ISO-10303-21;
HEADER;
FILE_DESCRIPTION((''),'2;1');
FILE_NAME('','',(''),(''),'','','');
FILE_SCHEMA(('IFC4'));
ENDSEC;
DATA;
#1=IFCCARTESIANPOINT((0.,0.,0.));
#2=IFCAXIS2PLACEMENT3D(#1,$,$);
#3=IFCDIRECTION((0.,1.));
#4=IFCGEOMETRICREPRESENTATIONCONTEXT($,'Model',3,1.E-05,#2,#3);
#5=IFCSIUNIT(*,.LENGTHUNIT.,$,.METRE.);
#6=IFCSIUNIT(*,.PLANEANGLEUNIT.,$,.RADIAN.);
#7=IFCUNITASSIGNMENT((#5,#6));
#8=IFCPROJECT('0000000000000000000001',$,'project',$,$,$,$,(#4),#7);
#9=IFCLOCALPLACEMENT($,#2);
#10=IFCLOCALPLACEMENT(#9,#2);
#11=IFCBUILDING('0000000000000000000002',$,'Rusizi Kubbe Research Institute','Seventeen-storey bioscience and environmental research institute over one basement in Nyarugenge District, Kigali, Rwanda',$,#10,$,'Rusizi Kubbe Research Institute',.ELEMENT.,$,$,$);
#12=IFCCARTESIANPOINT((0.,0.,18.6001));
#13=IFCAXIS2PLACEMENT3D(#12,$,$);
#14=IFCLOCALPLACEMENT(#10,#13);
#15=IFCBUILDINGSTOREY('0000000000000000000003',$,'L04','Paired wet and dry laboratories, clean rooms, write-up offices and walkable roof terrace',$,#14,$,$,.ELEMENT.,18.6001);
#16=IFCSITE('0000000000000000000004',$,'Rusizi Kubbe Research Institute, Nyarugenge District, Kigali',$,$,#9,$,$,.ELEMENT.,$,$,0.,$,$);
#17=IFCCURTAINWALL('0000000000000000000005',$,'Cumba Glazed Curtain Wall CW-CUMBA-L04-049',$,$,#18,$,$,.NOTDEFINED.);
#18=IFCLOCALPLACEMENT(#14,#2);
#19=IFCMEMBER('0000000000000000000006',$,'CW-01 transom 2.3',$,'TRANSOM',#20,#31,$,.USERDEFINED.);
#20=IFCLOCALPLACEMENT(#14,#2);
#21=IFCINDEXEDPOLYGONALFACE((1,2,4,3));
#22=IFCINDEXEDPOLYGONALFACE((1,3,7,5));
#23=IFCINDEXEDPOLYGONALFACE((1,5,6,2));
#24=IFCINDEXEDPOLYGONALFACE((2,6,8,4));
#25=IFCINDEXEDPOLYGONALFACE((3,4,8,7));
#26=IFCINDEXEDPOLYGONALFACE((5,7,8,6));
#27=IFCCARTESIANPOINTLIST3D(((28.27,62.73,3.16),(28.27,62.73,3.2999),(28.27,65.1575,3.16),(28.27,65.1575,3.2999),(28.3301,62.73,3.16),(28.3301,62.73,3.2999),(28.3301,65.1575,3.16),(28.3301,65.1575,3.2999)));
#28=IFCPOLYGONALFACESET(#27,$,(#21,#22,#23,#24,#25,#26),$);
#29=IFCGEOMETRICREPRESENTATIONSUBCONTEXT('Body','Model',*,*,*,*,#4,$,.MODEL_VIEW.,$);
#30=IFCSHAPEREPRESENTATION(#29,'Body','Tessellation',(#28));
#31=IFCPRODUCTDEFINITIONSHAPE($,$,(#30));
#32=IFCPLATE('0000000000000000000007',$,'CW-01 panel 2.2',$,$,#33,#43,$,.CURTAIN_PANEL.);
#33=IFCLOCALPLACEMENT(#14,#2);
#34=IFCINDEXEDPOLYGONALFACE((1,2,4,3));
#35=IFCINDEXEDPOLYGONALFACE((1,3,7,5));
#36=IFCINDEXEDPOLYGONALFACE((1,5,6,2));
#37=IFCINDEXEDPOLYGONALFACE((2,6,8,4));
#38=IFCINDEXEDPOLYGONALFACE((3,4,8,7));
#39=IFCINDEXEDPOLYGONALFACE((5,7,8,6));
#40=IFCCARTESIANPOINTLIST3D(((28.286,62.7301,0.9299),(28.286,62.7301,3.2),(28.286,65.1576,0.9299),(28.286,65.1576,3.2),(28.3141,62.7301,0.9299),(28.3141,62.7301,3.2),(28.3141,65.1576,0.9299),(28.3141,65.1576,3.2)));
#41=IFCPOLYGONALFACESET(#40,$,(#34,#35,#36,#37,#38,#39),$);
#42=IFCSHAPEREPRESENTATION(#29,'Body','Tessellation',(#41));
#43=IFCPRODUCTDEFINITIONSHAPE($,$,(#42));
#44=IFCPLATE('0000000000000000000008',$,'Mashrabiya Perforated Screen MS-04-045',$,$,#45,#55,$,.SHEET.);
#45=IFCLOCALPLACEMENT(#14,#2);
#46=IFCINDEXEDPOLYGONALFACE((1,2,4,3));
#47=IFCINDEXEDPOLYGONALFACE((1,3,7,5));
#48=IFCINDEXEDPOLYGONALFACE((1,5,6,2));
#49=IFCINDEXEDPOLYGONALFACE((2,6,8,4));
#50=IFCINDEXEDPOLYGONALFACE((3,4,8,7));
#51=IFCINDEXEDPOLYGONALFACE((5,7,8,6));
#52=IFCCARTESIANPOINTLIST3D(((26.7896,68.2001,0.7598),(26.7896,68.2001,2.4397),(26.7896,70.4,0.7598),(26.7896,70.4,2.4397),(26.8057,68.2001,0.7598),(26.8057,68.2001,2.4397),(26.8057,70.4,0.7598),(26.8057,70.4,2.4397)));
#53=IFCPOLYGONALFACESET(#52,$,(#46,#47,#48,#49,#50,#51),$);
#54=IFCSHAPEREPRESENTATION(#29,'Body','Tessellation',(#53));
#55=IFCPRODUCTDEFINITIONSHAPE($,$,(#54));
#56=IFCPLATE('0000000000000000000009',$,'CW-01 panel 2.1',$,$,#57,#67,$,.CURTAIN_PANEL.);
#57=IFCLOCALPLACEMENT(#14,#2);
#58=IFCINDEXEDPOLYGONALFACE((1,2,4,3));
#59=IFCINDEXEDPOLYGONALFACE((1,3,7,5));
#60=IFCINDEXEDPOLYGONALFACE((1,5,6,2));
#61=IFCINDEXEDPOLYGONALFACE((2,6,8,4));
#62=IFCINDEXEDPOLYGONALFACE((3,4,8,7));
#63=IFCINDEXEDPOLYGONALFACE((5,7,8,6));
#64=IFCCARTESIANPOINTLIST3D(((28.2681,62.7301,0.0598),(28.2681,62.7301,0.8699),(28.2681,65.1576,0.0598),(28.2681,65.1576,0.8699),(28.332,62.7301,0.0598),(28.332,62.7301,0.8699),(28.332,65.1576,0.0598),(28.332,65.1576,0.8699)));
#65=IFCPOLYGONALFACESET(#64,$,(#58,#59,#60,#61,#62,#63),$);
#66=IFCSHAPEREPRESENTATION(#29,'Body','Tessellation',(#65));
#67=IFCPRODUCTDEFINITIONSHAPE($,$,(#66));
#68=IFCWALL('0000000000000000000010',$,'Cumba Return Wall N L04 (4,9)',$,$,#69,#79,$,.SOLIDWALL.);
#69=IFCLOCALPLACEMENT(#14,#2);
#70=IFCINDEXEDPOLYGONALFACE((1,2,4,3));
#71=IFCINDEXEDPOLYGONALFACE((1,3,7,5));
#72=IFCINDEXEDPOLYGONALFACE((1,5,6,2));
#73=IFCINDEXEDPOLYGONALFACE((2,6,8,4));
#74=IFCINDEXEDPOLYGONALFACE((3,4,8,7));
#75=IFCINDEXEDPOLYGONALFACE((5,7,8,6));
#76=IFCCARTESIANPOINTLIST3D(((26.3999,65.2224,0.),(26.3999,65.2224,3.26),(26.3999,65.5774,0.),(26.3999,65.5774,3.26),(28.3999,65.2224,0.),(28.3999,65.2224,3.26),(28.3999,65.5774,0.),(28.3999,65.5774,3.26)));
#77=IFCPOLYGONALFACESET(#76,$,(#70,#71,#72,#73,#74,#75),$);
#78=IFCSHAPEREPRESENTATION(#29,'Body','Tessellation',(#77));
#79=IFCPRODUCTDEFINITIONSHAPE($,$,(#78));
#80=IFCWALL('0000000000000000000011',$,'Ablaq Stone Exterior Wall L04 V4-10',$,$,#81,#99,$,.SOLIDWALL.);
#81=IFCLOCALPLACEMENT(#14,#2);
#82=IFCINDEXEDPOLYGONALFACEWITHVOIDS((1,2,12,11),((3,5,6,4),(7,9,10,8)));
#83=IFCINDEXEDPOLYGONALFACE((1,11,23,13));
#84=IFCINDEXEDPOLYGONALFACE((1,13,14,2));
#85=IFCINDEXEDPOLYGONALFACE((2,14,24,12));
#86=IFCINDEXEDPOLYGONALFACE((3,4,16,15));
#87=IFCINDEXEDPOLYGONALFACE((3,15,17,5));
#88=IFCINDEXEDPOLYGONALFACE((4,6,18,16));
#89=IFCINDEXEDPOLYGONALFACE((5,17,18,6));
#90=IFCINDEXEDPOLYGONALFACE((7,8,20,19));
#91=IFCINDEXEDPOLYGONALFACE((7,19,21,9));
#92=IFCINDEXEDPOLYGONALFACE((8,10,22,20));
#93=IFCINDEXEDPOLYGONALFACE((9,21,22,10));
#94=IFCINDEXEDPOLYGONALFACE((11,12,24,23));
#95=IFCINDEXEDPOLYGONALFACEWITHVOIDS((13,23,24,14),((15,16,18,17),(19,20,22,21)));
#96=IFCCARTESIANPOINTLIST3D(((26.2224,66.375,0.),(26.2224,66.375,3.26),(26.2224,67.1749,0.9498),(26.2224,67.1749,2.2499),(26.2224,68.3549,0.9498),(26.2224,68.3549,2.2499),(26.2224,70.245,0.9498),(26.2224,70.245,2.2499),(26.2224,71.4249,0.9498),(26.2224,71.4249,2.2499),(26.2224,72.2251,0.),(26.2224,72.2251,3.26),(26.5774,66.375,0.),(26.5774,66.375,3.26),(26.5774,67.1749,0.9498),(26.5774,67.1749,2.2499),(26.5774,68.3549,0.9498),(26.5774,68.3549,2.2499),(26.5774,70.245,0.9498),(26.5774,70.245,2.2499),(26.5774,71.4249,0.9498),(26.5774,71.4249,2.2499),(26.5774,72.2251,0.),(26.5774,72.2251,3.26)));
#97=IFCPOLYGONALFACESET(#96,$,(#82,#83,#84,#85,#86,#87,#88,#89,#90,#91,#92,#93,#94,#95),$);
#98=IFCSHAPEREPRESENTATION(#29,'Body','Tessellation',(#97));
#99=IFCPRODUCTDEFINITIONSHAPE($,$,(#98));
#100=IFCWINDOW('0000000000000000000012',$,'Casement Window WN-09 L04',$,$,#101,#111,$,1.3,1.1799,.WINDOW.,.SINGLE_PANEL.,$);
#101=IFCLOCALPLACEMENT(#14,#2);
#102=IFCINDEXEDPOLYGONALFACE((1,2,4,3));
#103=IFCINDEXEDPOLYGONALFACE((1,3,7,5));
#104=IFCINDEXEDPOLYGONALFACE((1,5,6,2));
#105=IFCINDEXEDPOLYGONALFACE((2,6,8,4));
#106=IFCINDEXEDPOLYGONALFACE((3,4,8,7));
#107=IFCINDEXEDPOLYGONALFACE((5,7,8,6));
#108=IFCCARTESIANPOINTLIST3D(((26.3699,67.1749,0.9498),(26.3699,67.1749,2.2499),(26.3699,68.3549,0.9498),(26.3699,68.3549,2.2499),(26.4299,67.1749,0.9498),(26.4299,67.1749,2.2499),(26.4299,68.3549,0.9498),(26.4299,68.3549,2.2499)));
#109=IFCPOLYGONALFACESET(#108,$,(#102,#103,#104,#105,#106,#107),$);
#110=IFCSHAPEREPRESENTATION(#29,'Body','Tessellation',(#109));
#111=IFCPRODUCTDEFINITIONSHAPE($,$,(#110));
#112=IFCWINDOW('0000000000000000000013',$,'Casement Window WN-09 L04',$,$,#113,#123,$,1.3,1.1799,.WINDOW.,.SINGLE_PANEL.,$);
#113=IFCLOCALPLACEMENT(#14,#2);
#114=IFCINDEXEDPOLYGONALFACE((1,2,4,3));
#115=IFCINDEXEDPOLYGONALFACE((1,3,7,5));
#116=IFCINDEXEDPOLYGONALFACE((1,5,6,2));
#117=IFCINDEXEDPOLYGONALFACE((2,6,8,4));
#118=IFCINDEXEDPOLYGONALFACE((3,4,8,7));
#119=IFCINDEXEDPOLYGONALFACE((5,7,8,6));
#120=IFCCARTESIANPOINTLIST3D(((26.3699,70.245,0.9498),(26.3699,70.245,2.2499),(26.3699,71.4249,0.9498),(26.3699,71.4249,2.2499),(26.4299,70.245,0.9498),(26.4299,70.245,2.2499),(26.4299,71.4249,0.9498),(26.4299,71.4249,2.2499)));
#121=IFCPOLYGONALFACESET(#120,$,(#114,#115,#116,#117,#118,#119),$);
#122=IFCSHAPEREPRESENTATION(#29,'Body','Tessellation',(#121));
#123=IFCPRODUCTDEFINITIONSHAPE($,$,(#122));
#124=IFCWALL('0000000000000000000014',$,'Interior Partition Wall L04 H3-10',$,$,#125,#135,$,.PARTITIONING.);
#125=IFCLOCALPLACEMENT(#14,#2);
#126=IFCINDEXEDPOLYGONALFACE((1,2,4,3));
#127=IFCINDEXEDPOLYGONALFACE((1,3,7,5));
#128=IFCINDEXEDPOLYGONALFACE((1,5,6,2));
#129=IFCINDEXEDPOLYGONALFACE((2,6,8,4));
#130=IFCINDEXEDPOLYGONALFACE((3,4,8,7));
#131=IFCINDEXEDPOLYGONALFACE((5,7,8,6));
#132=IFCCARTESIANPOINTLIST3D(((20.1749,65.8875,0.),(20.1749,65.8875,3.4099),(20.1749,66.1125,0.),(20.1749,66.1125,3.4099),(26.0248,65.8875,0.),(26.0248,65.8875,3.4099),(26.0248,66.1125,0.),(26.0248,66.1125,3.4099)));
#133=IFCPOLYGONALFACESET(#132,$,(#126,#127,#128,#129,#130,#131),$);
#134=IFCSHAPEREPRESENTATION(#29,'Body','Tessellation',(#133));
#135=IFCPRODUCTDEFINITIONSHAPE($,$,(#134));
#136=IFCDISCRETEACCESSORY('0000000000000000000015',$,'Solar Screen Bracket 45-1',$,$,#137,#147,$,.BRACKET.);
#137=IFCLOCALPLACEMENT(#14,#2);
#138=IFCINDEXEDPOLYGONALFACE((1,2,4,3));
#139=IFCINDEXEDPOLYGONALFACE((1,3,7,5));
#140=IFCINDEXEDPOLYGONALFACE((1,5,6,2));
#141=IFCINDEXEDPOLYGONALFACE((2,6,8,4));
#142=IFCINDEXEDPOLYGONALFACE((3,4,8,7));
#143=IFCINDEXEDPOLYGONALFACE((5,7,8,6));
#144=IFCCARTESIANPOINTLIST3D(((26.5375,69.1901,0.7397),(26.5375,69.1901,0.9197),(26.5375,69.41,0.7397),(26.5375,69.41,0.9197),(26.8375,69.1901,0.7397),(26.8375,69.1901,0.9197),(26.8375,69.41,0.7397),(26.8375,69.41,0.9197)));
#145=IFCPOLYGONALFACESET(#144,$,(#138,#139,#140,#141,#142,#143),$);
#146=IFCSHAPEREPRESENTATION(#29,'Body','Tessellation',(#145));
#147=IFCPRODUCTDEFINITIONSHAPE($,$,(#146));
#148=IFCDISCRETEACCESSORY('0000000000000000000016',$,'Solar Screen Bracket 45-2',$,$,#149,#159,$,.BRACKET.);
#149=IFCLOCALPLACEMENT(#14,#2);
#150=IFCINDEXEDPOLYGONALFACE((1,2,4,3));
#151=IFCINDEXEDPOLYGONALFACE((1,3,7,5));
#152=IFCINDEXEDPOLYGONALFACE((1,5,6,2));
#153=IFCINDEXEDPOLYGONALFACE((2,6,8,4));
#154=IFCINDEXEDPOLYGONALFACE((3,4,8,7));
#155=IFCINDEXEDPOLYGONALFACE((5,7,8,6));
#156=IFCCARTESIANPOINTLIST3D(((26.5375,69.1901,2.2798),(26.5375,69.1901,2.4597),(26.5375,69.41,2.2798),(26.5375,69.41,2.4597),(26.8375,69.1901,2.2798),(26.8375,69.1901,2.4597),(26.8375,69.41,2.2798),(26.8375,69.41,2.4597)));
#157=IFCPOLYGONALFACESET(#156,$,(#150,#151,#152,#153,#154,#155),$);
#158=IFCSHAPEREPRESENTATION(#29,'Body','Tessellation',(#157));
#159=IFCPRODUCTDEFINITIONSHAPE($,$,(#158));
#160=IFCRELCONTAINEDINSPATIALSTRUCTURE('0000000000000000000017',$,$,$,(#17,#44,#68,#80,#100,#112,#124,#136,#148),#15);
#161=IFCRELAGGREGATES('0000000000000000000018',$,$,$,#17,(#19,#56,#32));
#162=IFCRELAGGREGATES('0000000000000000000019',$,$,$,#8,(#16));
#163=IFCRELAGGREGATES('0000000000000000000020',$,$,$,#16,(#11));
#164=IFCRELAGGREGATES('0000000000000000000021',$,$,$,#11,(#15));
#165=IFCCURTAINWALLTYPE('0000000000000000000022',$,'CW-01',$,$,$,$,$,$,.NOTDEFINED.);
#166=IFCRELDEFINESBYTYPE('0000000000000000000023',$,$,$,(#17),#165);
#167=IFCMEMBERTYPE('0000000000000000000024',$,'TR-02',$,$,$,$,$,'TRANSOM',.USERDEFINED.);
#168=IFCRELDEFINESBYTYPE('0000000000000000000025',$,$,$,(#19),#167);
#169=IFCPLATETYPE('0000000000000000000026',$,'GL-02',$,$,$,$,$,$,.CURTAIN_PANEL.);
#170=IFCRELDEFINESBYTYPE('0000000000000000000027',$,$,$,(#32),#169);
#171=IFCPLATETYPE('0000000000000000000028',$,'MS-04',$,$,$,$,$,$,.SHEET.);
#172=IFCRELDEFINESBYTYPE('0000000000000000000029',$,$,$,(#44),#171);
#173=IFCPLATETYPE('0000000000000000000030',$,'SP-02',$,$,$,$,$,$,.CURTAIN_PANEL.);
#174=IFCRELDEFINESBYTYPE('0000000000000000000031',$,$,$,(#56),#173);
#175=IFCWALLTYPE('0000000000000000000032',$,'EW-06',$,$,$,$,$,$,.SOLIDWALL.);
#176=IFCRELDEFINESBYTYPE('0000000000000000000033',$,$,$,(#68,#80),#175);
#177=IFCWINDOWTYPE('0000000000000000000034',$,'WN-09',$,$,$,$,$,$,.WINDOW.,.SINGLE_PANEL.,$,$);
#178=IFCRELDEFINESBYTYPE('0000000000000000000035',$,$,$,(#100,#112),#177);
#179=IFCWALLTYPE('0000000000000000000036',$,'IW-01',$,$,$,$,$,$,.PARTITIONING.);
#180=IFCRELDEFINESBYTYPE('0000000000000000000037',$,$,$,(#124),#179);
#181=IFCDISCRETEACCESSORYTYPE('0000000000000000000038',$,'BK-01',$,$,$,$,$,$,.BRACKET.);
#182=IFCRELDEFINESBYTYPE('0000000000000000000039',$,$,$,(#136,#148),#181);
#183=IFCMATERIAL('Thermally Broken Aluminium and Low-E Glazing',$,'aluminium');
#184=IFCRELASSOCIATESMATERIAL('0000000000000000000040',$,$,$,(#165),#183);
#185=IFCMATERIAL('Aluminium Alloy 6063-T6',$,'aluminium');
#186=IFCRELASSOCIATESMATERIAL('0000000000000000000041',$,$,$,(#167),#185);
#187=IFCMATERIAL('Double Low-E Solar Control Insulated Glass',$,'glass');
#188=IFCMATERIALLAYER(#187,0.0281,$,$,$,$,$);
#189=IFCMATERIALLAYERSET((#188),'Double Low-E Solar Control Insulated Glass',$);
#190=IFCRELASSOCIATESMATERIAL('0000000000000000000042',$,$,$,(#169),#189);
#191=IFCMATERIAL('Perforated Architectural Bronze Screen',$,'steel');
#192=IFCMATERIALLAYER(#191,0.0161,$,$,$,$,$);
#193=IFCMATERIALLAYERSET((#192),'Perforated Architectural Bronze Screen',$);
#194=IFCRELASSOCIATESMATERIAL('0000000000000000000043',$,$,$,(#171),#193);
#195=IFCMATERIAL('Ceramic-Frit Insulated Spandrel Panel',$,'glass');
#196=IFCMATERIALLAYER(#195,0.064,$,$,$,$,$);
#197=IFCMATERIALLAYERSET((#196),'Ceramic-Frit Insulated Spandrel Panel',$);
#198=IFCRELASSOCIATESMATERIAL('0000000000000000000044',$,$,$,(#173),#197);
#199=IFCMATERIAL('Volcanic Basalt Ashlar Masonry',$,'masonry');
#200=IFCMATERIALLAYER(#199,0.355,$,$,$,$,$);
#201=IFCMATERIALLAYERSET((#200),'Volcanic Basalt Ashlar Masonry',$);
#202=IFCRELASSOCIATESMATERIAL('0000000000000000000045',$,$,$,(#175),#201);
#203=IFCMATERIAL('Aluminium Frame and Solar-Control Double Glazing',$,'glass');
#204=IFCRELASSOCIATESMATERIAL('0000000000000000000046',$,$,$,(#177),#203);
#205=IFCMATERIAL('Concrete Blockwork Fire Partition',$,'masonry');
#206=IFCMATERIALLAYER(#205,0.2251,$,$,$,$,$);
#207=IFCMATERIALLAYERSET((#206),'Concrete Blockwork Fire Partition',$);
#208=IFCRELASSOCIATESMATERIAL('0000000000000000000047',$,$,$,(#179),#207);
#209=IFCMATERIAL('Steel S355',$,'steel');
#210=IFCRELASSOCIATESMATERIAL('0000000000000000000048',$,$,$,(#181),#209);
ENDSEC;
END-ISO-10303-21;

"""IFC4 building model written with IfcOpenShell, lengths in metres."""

from ifc_helpers import new_model, si_unit, direction, frame, frame_2d, origin, origin_2d, place, context, subcontext, project, spatial, rectangle, extrude, material, layer, layer_set, material_profile, profile_set, type_object, element, fill, aggregate, save


model = new_model("IFC4")

# Units and contexts
model_context = context("Model", 3, precision=1e-05, world=origin(), true_north=direction((0.0, 1.0)))
body_context = subcontext(model_context, "Body", "Model", "MODEL_VIEW")
ifc_project = project(units=[si_unit("LENGTHUNIT", "METRE"), si_unit("PLANEANGLEUNIT", "RADIAN")], contexts=[model_context])

# Site, building, storey
site_placement = place(None, origin())
site = spatial("IfcSite", under=ifc_project, at=site_placement, Name="Rusizi Kubbe Research Institute, Nyarugenge District, Kigali", CompositionType="ELEMENT", RefElevation=0.0)
building_placement = place(site_placement, origin())
building = spatial("IfcBuilding", under=site, at=building_placement, Name="Rusizi Kubbe Research Institute", Description="Seventeen-storey bioscience and environmental research institute over one basement in Nyarugenge District, Kigali, Rwanda", LongName="Rusizi Kubbe Research Institute", CompositionType="ELEMENT")
storey_placement = place(building_placement, frame((0.0, 0.0, 18.6001)))
storey = spatial("IfcBuildingStorey", under=building, at=storey_placement, Name="L04", Description="Paired wet and dry laboratories, clean rooms, write-up offices and walkable roof terrace", CompositionType="ELEMENT", Elevation=18.6001)

# Curtain wall, member, plate
ifc_material_1 = material(Name="Thermally Broken Aluminium and Low-E Glazing", Category="aluminium")
curtain_wall_type = type_object("IfcCurtainWallType", Name="CW-01", PredefinedType="NOTDEFINED", material=ifc_material_1)
curtain_wall_placement = place(storey_placement, origin())
curtain_wall = element("IfcCurtainWall", 1, at=curtain_wall_placement, inside=storey, type_object=curtain_wall_type, Name="Cumba Glazed Curtain Wall CW-CUMBA-L04-049", PredefinedType="NOTDEFINED")
ifc_material_2 = material(Name="Aluminium Alloy 6063-T6", Category="aluminium")
ifc_material_profile_1 = material_profile(ifc_material_2, rectangle(XDim=0.0601, YDim=0.1399, at=origin_2d()), Name="ALU-T 60x140")
ifc_profile_set_1 = profile_set([ifc_material_profile_1], Name="Aluminium Alloy 6063-T6")
member_type_1 = type_object("IfcMemberType", Name="TR-02", ElementType="TRANSOM", PredefinedType="USERDEFINED", material=ifc_profile_set_1)
member_1_placement = place(storey_placement, frame((28.3, 62.73, 3.23), z_axis=(0.0, 1.0, 0.0), x_axis=(-1.0, 0.0, 0.0)))
member_1 = element("IfcMember", 2, at=member_1_placement, type_object=member_type_1, Name="CW-01 transom 2.3", ObjectType="TRANSOM", PredefinedType="USERDEFINED", context=body_context, shape_type="SweptSolid", body=[
    extrude(rectangle(XDim=0.0601, YDim=0.1399, at=origin_2d()), origin(), (0.0, 0.0, 1.0), 2.4275),
])
ifc_material_3 = material(Name="Double Low-E Solar Control Insulated Glass", Category="glass")
ifc_layer_1 = layer(ifc_material_3, 0.0281)
ifc_layer_set_1 = layer_set([ifc_layer_1], Name="Double Low-E Solar Control Insulated Glass")
plate_type_1 = type_object("IfcPlateType", Name="GL-02", PredefinedType="CURTAIN_PANEL", material=ifc_layer_set_1)
plate_1_placement = place(storey_placement, frame((28.3, 63.9438, 0.9299), z_axis=(0.0, 0.0, 1.0), x_axis=(0.0, 1.0, 0.0)))
plate_1 = element("IfcPlate", 3, at=plate_1_placement, type_object=plate_type_1, Name="CW-01 panel 2.2", PredefinedType="CURTAIN_PANEL", context=body_context, shape_type="SweptSolid", body=[
    extrude(rectangle(XDim=2.4275, YDim=0.0281, at=origin_2d()), origin(), (0.0, 0.0, 1.0), 2.27),
])

# Plates
ifc_material_4 = material(Name="Perforated Architectural Bronze Screen", Category="steel")
ifc_layer_2 = layer(ifc_material_4, 0.0161)
ifc_layer_set_2 = layer_set([ifc_layer_2], Name="Perforated Architectural Bronze Screen")
plate_type_2 = type_object("IfcPlateType", Name="MS-04", PredefinedType="SHEET", material=ifc_layer_set_2)
plate_2_placement = place(storey_placement, frame((26.7976, 69.3, 0.7598), z_axis=(0.0, 0.0, 1.0), x_axis=(0.0, 1.0, 0.0)))
element("IfcPlate", 4, at=plate_2_placement, inside=storey, type_object=plate_type_2, Name="Mashrabiya Perforated Screen MS-04-045", PredefinedType="SHEET", context=body_context, shape_type="SweptSolid", body=[
    extrude(rectangle(XDim=2.2, YDim=0.0161, at=origin_2d()), origin(), (0.0, 0.0, 1.0), 1.6799),
])
ifc_material_5 = material(Name="Ceramic-Frit Insulated Spandrel Panel", Category="glass")
ifc_layer_3 = layer(ifc_material_5, 0.064)
ifc_layer_set_3 = layer_set([ifc_layer_3], Name="Ceramic-Frit Insulated Spandrel Panel")
plate_type_3 = type_object("IfcPlateType", Name="SP-02", PredefinedType="CURTAIN_PANEL", material=ifc_layer_set_3)
plate_3_placement = place(storey_placement, frame((28.3, 63.9438, 0.0598), z_axis=(0.0, 0.0, 1.0), x_axis=(0.0, 1.0, 0.0)))
plate_3 = element("IfcPlate", 5, at=plate_3_placement, type_object=plate_type_3, Name="CW-01 panel 2.1", PredefinedType="CURTAIN_PANEL", context=body_context, shape_type="SweptSolid", body=[
    extrude(rectangle(XDim=2.4275, YDim=0.064, at=origin_2d()), origin(), (0.0, 0.0, 1.0), 0.8101),
])
aggregate(curtain_wall, [member_1, plate_3, plate_1])

# Wall
ifc_material_6 = material(Name="Volcanic Basalt Ashlar Masonry", Category="masonry")
ifc_layer_4 = layer(ifc_material_6, 0.355)
ifc_layer_set_4 = layer_set([ifc_layer_4], Name="Volcanic Basalt Ashlar Masonry")
wall_type_1 = type_object("IfcWallType", Name="EW-06", PredefinedType="SOLIDWALL", material=ifc_layer_set_4)
wall_1_placement = place(storey_placement, frame((26.3999, 65.3999, 0.0), z_axis=(0.0, 0.0, 1.0), x_axis=(1.0, 0.0, 0.0)))
element("IfcWall", 6, at=wall_1_placement, inside=storey, type_object=wall_type_1, Name="Cumba Return Wall N L04 (4,9)", PredefinedType="SOLIDWALL", context=body_context, shape_type="SweptSolid", body=[
    extrude(rectangle(XDim=2.0, YDim=0.355, at=frame_2d((1.0, 0.0))), origin(), (0.0, 0.0, 1.0), 3.26),
])

# Wall, openings, windows
wall_2_placement = place(storey_placement, frame((26.3999, 66.375, 0.0), z_axis=(0.0, 0.0, 1.0), x_axis=(0.0, 1.0, 0.0)))
wall_2 = element("IfcWall", 7, at=wall_2_placement, inside=storey, type_object=wall_type_1, Name="Ablaq Stone Exterior Wall L04 V4-10", PredefinedType="SOLIDWALL", context=body_context, shape_type="SweptSolid", body=[
    extrude(rectangle(XDim=5.8501, YDim=0.355, at=frame_2d((2.925, 0.0))), origin(), (0.0, 0.0, 1.0), 3.26),
])
opening_1_placement = place(wall_2_placement, frame((0.8, 0.0, 0.95)))
opening_1 = element("IfcOpeningElement", 8, at=opening_1_placement, cuts=wall_2, PredefinedType="OPENING", context=body_context, shape_type="SweptSolid", body=[
    extrude(rectangle(XDim=1.1799, YDim=1.3, at=frame_2d((0.5898, 0.6499))), frame((0.0, 0.1875, 0.0), z_axis=(0.0, -1.0, 0.0), x_axis=(1.0, 0.0, 0.0)), (0.0, 0.0, 1.0), 0.375),
])
opening_2_placement = place(wall_2_placement, frame((3.8701, 0.0, 0.95)))
opening_2 = element("IfcOpeningElement", 9, at=opening_2_placement, cuts=wall_2, PredefinedType="OPENING", context=body_context, shape_type="SweptSolid", body=[
    extrude(rectangle(XDim=1.1799, YDim=1.3, at=frame_2d((0.5898, 0.6499))), frame((0.0, 0.1875, 0.0), z_axis=(0.0, -1.0, 0.0), x_axis=(1.0, 0.0, 0.0)), (0.0, 0.0, 1.0), 0.375),
])
ifc_material_7 = material(Name="Aluminium Frame and Solar-Control Double Glazing", Category="glass")
window_type = type_object("IfcWindowType", Name="WN-09", PartitioningType="SINGLE_PANEL", PredefinedType="WINDOW", material=ifc_material_7)
window_1_placement = place(opening_1_placement, origin())
window_1 = element("IfcWindow", 10, at=window_1_placement, inside=storey, type_object=window_type, Name="Casement Window WN-09 L04", OverallHeight=1.3, OverallWidth=1.1799, PartitioningType="SINGLE_PANEL", PredefinedType="WINDOW", context=body_context, shape_type="SweptSolid", body=[
    extrude(rectangle(XDim=1.1799, YDim=1.3, at=frame_2d((0.5898, 0.6499))), frame((0.0, 0.03, 0.0), z_axis=(0.0, -1.0, 0.0), x_axis=(1.0, 0.0, 0.0)), (0.0, 0.0, 1.0), 0.0601),
])
fill(opening_1, window_1)
window_2_placement = place(opening_2_placement, origin())
window_2 = element("IfcWindow", 11, at=window_2_placement, inside=storey, type_object=window_type, Name="Casement Window WN-09 L04", OverallHeight=1.3, OverallWidth=1.1799, PartitioningType="SINGLE_PANEL", PredefinedType="WINDOW", context=body_context, shape_type="SweptSolid", body=[
    extrude(rectangle(XDim=1.1799, YDim=1.3, at=frame_2d((0.5898, 0.6499))), frame((0.0, 0.03, 0.0), z_axis=(0.0, -1.0, 0.0), x_axis=(1.0, 0.0, 0.0)), (0.0, 0.0, 1.0), 0.0601),
])
fill(opening_2, window_2)

# Wall
ifc_material_8 = material(Name="Concrete Blockwork Fire Partition", Category="masonry")
ifc_layer_5 = layer(ifc_material_8, 0.2251)
ifc_layer_set_5 = layer_set([ifc_layer_5], Name="Concrete Blockwork Fire Partition")
wall_type_2 = type_object("IfcWallType", Name="IW-01", PredefinedType="PARTITIONING", material=ifc_layer_set_5)
wall_3_placement = place(storey_placement, frame((20.175, 66.0, 0.0), z_axis=(0.0, 0.0, 1.0), x_axis=(1.0, 0.0, 0.0)))
element("IfcWall", 12, at=wall_3_placement, inside=storey, type_object=wall_type_2, Name="Interior Partition Wall L04 H3-10", PredefinedType="PARTITIONING", context=body_context, shape_type="SweptSolid", body=[
    extrude(rectangle(XDim=5.8499, YDim=0.2251, at=frame_2d((2.9248, 0.0))), origin(), (0.0, 0.0, 1.0), 3.4099),
])

# Discrete accessories
ifc_material_9 = material(Name="Steel S355", Category="steel")
discrete_accessory_type = type_object("IfcDiscreteAccessoryType", Name="BK-01", PredefinedType="BRACKET", material=ifc_material_9)
for number, where, z_axis, x_axis, name in (
    (13, (26.6875, 69.3, 0.7397), (0.0, 0.0, 1.0), (1.0, 0.0, 0.0), "Solar Screen Bracket 45-1"),
    (14, (26.6875, 69.3, 2.2798), (0.0, 0.0, 1.0), (1.0, 0.0, 0.0), "Solar Screen Bracket 45-2"),
):
    element("IfcDiscreteAccessory", number, at=place(storey_placement, frame(where, z_axis=z_axis, x_axis=x_axis)), inside=storey, type_object=discrete_accessory_type, Name=name, PredefinedType="BRACKET", context=body_context, shape_type="SweptSolid", body=[
        extrude(rectangle(XDim=0.3, YDim=0.22, at=origin_2d()), origin(), (0.0, 0.0, 1.0), 0.1799),
    ])

save(model, "model.ifc")
